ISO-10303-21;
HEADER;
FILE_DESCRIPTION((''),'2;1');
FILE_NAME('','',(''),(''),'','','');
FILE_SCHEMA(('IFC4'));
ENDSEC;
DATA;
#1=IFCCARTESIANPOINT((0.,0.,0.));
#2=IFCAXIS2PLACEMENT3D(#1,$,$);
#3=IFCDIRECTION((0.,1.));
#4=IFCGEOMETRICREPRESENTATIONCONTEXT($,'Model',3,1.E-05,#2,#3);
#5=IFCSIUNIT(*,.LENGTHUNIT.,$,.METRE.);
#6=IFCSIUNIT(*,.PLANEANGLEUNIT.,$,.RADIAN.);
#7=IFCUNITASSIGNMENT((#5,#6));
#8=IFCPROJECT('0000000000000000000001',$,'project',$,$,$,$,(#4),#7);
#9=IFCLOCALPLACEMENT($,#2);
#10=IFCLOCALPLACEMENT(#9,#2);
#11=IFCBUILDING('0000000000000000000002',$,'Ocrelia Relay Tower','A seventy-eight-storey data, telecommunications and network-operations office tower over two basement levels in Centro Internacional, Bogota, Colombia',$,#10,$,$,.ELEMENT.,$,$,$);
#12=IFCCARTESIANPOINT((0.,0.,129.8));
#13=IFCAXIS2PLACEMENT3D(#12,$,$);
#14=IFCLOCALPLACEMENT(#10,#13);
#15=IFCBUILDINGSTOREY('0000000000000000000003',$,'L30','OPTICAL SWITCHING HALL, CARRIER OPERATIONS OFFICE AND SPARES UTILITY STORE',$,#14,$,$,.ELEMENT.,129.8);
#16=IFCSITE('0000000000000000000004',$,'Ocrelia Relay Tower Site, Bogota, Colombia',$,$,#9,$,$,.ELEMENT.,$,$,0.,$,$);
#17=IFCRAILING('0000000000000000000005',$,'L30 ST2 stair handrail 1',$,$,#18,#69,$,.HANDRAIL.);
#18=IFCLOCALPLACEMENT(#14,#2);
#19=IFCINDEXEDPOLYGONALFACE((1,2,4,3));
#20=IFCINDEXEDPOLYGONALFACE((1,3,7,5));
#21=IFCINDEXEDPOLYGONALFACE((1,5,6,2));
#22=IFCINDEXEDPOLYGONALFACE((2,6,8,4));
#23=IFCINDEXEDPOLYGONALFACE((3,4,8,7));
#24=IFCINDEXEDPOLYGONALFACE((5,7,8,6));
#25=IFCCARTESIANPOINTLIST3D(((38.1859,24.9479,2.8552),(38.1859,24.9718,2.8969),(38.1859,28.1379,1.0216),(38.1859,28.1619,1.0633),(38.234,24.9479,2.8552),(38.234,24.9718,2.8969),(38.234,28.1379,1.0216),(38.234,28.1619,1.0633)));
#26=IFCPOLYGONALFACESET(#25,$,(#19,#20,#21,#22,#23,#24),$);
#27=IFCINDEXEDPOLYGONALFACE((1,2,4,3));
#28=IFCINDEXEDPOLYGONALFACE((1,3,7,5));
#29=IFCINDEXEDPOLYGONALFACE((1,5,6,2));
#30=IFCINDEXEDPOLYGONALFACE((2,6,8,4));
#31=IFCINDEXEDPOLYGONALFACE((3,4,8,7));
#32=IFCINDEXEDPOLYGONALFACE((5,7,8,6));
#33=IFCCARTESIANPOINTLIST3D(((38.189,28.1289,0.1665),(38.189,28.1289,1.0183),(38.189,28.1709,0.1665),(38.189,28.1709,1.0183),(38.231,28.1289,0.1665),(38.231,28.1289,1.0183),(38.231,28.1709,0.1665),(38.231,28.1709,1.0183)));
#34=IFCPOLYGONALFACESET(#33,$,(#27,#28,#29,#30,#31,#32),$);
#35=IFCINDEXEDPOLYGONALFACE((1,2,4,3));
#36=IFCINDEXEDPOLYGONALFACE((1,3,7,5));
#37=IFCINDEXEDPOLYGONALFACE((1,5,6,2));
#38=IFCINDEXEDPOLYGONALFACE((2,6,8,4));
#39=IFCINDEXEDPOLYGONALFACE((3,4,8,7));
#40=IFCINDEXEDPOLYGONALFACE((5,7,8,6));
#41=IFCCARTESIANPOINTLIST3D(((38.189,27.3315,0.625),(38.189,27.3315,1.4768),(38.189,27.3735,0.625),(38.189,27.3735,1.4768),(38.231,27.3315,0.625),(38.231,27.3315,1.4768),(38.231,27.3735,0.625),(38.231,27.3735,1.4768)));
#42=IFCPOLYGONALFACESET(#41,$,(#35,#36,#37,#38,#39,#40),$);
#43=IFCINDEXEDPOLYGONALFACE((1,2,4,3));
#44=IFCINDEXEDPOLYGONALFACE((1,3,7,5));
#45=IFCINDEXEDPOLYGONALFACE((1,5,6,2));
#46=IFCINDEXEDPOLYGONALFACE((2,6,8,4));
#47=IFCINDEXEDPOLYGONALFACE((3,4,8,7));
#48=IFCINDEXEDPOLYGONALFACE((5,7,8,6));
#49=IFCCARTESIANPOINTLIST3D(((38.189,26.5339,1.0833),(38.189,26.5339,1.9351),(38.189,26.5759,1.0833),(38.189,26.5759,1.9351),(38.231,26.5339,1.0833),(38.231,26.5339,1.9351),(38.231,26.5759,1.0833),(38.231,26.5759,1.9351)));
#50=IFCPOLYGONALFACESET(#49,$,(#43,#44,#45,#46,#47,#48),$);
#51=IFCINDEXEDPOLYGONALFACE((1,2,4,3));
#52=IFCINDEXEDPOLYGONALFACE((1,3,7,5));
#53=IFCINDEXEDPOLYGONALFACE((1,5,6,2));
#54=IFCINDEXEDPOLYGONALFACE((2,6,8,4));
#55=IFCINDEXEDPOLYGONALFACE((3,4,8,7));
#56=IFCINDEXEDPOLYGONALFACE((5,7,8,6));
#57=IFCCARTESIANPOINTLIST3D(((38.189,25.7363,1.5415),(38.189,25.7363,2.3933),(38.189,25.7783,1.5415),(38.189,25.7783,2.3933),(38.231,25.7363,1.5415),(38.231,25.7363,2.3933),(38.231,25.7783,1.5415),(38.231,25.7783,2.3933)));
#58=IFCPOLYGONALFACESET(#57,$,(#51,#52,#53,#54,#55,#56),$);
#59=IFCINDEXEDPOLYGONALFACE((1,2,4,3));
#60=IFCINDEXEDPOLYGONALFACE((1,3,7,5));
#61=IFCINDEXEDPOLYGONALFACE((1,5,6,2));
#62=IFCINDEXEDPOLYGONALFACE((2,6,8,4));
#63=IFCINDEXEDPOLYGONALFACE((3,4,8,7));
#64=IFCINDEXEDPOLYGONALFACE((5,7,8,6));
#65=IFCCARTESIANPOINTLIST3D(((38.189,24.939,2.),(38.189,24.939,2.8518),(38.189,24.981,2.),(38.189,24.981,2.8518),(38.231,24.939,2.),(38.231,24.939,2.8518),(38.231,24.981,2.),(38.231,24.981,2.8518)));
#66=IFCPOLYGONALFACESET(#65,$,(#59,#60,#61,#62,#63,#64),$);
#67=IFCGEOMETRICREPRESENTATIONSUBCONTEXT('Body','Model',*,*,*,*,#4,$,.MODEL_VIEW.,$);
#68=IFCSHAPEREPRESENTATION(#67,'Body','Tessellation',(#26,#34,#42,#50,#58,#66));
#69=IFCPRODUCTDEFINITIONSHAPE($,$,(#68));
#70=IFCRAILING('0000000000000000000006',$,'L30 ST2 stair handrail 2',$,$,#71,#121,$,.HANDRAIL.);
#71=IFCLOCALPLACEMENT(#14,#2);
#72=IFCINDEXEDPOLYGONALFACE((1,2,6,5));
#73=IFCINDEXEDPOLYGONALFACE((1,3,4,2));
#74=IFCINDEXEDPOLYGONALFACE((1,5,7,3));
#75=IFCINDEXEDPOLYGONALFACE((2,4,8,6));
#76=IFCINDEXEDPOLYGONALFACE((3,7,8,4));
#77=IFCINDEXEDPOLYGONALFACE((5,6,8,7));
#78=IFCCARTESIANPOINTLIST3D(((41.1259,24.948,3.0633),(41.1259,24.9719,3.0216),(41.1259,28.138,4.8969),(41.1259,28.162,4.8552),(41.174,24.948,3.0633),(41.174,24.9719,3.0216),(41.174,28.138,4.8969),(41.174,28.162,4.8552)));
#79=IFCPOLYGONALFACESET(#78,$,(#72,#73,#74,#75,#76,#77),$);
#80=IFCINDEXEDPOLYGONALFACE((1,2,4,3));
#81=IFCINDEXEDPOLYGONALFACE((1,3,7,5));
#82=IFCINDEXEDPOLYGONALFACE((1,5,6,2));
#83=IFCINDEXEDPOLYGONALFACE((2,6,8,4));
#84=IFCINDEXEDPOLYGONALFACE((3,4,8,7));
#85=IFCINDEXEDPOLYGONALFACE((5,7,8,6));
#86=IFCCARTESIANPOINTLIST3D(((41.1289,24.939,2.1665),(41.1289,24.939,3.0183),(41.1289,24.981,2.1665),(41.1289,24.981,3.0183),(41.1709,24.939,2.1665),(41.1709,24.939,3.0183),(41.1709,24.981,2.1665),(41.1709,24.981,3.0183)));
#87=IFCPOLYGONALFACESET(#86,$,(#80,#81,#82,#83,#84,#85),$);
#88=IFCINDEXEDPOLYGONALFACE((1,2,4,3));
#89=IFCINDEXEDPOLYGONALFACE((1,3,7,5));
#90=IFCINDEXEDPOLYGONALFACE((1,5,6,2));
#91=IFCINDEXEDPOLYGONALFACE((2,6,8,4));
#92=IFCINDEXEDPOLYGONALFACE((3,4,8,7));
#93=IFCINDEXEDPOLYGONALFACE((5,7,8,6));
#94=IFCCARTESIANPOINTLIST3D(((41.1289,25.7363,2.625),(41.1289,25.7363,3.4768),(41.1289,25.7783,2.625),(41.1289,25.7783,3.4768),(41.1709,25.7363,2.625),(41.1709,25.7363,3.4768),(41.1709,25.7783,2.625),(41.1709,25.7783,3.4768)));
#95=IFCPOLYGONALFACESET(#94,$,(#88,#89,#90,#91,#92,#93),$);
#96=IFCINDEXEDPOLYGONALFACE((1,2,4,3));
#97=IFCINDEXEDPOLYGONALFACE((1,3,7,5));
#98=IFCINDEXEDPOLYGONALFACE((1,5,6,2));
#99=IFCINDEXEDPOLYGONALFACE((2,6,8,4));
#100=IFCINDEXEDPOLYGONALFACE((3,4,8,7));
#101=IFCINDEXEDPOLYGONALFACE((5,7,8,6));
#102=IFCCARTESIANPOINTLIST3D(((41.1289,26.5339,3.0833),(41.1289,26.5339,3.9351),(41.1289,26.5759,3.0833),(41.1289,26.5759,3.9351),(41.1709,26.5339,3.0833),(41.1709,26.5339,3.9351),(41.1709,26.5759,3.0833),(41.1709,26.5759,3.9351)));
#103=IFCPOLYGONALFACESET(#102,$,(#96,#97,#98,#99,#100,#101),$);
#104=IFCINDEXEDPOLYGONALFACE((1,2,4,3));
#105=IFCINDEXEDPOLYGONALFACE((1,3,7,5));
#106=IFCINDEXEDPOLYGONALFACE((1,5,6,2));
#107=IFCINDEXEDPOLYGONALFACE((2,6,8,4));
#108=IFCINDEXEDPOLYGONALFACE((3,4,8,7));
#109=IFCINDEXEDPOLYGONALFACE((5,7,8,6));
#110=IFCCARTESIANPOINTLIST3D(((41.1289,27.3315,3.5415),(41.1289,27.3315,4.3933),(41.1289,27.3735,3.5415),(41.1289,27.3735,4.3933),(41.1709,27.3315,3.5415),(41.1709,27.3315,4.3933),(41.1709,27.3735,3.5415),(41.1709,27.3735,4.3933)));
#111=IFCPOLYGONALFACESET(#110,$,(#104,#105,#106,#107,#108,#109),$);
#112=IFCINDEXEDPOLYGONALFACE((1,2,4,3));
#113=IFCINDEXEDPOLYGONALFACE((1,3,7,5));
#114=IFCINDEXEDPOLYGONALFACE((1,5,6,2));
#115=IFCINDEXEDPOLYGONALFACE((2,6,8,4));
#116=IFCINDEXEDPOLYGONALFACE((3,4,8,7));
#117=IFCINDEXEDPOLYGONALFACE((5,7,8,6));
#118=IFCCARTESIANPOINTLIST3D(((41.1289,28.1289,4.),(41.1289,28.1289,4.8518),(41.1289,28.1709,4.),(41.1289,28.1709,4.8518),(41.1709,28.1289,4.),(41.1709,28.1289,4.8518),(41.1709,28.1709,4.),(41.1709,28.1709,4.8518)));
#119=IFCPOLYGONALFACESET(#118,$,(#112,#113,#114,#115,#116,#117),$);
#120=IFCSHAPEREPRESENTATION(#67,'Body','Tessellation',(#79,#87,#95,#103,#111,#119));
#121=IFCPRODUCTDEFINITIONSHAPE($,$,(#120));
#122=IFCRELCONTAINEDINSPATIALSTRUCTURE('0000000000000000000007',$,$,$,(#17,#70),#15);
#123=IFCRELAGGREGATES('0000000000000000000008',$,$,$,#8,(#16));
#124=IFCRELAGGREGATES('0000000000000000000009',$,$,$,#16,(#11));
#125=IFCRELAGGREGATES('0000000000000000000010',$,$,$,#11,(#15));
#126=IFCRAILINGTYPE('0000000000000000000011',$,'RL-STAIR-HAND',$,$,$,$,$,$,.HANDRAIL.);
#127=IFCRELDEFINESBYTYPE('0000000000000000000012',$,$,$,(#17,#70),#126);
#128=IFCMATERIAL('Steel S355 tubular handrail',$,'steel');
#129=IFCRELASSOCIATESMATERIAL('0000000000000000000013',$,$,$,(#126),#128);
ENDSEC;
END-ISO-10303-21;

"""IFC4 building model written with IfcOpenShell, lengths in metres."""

from ifc_helpers import new_model, si_unit, direction, frame, origin, origin_2d, place, context, subcontext, project, spatial, rectangle, extrude, material, type_object, element, save


model = new_model("IFC4")

# Units and contexts
model_context = context("Model", 3, precision=1e-05, world=origin(), true_north=direction((0.0, 1.0)))
body_context = subcontext(model_context, "Body", "Model", "MODEL_VIEW")
ifc_project = project(units=[si_unit("LENGTHUNIT", "METRE"), si_unit("PLANEANGLEUNIT", "RADIAN")], contexts=[model_context])

# Site, building, storey
site_placement = place(None, origin())
site = spatial("IfcSite", under=ifc_project, at=site_placement, Name="Ocrelia Relay Tower Site, Bogota, Colombia", CompositionType="ELEMENT", RefElevation=0.0)
building_placement = place(site_placement, origin())
building = spatial("IfcBuilding", under=site, at=building_placement, Name="Ocrelia Relay Tower", Description="A seventy-eight-storey data, telecommunications and network-operations office tower over two basement levels in Centro Internacional, Bogota, Colombia", CompositionType="ELEMENT")
storey_placement = place(building_placement, frame((0.0, 0.0, 129.8)))
storey = spatial("IfcBuildingStorey", under=building, at=storey_placement, Name="L30", Description="OPTICAL SWITCHING HALL, CARRIER OPERATIONS OFFICE AND SPARES UTILITY STORE", CompositionType="ELEMENT", Elevation=129.8)

# Railings
ifc_material_1 = material(Name="Steel S355 tubular handrail", Category="steel")
railing_type_1 = type_object("IfcRailingType", Name="RL-STAIR-HAND", PredefinedType="HANDRAIL", material=ifc_material_1)
railing_1_placement = place(storey_placement, frame((38.21, 28.1499, 0.1665)))
element("IfcRailing", 1, at=railing_1_placement, inside=storey, type_object=railing_type_1, Name="L30 ST2 stair handrail 1", PredefinedType="HANDRAIL", context=body_context, shape_type="SweptSolid", body=[
    extrude(rectangle(XDim=0.0481, YDim=0.0481, at=origin_2d()), frame((0.0, 0.0, 0.876), z_axis=(0.0, -0.866991, 0.498324), x_axis=(1.0, 0.0, 0.0)), (0.0, 0.0, 1.0), 3.6794),
    extrude(rectangle(XDim=0.042, YDim=0.042, at=origin_2d()), origin(), (0.0, 0.0, 1.0), 0.8518),
    extrude(rectangle(XDim=0.042, YDim=0.042, at=origin_2d()), frame((0.0, -0.7974, 0.4585)), (0.0, 0.0, 1.0), 0.8518),
    extrude(rectangle(XDim=0.042, YDim=0.042, at=origin_2d()), frame((0.0, -1.595, 0.9167)), (0.0, 0.0, 1.0), 0.8518),
    extrude(rectangle(XDim=0.042, YDim=0.042, at=origin_2d()), frame((0.0, -2.3926, 1.375)), (0.0, 0.0, 1.0), 0.8518),
    extrude(rectangle(XDim=0.042, YDim=0.042, at=origin_2d()), frame((0.0, -3.1899, 1.8335)), (0.0, 0.0, 1.0), 0.8518),
])
railing_2_placement = place(storey_placement, frame((41.1499, 24.96, 2.1665)))
element("IfcRailing", 2, at=railing_2_placement, inside=storey, type_object=railing_type_1, Name="L30 ST2 stair handrail 2", PredefinedType="HANDRAIL", context=body_context, shape_type="SweptSolid", body=[
    extrude(rectangle(XDim=0.0481, YDim=0.0481, at=origin_2d()), frame((0.0, 0.0, 0.876), z_axis=(0.0, 0.866991, 0.498324), x_axis=(-1.0, 0.0, 0.0)), (0.0, 0.0, 1.0), 3.6794),
    extrude(rectangle(XDim=0.042, YDim=0.042, at=origin_2d()), origin(), (0.0, 0.0, 1.0), 0.8518),
    extrude(rectangle(XDim=0.042, YDim=0.042, at=origin_2d()), frame((0.0, 0.7974, 0.4585)), (0.0, 0.0, 1.0), 0.8518),
    extrude(rectangle(XDim=0.042, YDim=0.042, at=origin_2d()), frame((0.0, 1.595, 0.9167)), (0.0, 0.0, 1.0), 0.8518),
    extrude(rectangle(XDim=0.042, YDim=0.042, at=origin_2d()), frame((0.0, 2.3926, 1.375)), (0.0, 0.0, 1.0), 0.8518),
    extrude(rectangle(XDim=0.042, YDim=0.042, at=origin_2d()), frame((0.0, 3.1899, 1.8335)), (0.0, 0.0, 1.0), 0.8518),
])

save(model, "model.ifc")
